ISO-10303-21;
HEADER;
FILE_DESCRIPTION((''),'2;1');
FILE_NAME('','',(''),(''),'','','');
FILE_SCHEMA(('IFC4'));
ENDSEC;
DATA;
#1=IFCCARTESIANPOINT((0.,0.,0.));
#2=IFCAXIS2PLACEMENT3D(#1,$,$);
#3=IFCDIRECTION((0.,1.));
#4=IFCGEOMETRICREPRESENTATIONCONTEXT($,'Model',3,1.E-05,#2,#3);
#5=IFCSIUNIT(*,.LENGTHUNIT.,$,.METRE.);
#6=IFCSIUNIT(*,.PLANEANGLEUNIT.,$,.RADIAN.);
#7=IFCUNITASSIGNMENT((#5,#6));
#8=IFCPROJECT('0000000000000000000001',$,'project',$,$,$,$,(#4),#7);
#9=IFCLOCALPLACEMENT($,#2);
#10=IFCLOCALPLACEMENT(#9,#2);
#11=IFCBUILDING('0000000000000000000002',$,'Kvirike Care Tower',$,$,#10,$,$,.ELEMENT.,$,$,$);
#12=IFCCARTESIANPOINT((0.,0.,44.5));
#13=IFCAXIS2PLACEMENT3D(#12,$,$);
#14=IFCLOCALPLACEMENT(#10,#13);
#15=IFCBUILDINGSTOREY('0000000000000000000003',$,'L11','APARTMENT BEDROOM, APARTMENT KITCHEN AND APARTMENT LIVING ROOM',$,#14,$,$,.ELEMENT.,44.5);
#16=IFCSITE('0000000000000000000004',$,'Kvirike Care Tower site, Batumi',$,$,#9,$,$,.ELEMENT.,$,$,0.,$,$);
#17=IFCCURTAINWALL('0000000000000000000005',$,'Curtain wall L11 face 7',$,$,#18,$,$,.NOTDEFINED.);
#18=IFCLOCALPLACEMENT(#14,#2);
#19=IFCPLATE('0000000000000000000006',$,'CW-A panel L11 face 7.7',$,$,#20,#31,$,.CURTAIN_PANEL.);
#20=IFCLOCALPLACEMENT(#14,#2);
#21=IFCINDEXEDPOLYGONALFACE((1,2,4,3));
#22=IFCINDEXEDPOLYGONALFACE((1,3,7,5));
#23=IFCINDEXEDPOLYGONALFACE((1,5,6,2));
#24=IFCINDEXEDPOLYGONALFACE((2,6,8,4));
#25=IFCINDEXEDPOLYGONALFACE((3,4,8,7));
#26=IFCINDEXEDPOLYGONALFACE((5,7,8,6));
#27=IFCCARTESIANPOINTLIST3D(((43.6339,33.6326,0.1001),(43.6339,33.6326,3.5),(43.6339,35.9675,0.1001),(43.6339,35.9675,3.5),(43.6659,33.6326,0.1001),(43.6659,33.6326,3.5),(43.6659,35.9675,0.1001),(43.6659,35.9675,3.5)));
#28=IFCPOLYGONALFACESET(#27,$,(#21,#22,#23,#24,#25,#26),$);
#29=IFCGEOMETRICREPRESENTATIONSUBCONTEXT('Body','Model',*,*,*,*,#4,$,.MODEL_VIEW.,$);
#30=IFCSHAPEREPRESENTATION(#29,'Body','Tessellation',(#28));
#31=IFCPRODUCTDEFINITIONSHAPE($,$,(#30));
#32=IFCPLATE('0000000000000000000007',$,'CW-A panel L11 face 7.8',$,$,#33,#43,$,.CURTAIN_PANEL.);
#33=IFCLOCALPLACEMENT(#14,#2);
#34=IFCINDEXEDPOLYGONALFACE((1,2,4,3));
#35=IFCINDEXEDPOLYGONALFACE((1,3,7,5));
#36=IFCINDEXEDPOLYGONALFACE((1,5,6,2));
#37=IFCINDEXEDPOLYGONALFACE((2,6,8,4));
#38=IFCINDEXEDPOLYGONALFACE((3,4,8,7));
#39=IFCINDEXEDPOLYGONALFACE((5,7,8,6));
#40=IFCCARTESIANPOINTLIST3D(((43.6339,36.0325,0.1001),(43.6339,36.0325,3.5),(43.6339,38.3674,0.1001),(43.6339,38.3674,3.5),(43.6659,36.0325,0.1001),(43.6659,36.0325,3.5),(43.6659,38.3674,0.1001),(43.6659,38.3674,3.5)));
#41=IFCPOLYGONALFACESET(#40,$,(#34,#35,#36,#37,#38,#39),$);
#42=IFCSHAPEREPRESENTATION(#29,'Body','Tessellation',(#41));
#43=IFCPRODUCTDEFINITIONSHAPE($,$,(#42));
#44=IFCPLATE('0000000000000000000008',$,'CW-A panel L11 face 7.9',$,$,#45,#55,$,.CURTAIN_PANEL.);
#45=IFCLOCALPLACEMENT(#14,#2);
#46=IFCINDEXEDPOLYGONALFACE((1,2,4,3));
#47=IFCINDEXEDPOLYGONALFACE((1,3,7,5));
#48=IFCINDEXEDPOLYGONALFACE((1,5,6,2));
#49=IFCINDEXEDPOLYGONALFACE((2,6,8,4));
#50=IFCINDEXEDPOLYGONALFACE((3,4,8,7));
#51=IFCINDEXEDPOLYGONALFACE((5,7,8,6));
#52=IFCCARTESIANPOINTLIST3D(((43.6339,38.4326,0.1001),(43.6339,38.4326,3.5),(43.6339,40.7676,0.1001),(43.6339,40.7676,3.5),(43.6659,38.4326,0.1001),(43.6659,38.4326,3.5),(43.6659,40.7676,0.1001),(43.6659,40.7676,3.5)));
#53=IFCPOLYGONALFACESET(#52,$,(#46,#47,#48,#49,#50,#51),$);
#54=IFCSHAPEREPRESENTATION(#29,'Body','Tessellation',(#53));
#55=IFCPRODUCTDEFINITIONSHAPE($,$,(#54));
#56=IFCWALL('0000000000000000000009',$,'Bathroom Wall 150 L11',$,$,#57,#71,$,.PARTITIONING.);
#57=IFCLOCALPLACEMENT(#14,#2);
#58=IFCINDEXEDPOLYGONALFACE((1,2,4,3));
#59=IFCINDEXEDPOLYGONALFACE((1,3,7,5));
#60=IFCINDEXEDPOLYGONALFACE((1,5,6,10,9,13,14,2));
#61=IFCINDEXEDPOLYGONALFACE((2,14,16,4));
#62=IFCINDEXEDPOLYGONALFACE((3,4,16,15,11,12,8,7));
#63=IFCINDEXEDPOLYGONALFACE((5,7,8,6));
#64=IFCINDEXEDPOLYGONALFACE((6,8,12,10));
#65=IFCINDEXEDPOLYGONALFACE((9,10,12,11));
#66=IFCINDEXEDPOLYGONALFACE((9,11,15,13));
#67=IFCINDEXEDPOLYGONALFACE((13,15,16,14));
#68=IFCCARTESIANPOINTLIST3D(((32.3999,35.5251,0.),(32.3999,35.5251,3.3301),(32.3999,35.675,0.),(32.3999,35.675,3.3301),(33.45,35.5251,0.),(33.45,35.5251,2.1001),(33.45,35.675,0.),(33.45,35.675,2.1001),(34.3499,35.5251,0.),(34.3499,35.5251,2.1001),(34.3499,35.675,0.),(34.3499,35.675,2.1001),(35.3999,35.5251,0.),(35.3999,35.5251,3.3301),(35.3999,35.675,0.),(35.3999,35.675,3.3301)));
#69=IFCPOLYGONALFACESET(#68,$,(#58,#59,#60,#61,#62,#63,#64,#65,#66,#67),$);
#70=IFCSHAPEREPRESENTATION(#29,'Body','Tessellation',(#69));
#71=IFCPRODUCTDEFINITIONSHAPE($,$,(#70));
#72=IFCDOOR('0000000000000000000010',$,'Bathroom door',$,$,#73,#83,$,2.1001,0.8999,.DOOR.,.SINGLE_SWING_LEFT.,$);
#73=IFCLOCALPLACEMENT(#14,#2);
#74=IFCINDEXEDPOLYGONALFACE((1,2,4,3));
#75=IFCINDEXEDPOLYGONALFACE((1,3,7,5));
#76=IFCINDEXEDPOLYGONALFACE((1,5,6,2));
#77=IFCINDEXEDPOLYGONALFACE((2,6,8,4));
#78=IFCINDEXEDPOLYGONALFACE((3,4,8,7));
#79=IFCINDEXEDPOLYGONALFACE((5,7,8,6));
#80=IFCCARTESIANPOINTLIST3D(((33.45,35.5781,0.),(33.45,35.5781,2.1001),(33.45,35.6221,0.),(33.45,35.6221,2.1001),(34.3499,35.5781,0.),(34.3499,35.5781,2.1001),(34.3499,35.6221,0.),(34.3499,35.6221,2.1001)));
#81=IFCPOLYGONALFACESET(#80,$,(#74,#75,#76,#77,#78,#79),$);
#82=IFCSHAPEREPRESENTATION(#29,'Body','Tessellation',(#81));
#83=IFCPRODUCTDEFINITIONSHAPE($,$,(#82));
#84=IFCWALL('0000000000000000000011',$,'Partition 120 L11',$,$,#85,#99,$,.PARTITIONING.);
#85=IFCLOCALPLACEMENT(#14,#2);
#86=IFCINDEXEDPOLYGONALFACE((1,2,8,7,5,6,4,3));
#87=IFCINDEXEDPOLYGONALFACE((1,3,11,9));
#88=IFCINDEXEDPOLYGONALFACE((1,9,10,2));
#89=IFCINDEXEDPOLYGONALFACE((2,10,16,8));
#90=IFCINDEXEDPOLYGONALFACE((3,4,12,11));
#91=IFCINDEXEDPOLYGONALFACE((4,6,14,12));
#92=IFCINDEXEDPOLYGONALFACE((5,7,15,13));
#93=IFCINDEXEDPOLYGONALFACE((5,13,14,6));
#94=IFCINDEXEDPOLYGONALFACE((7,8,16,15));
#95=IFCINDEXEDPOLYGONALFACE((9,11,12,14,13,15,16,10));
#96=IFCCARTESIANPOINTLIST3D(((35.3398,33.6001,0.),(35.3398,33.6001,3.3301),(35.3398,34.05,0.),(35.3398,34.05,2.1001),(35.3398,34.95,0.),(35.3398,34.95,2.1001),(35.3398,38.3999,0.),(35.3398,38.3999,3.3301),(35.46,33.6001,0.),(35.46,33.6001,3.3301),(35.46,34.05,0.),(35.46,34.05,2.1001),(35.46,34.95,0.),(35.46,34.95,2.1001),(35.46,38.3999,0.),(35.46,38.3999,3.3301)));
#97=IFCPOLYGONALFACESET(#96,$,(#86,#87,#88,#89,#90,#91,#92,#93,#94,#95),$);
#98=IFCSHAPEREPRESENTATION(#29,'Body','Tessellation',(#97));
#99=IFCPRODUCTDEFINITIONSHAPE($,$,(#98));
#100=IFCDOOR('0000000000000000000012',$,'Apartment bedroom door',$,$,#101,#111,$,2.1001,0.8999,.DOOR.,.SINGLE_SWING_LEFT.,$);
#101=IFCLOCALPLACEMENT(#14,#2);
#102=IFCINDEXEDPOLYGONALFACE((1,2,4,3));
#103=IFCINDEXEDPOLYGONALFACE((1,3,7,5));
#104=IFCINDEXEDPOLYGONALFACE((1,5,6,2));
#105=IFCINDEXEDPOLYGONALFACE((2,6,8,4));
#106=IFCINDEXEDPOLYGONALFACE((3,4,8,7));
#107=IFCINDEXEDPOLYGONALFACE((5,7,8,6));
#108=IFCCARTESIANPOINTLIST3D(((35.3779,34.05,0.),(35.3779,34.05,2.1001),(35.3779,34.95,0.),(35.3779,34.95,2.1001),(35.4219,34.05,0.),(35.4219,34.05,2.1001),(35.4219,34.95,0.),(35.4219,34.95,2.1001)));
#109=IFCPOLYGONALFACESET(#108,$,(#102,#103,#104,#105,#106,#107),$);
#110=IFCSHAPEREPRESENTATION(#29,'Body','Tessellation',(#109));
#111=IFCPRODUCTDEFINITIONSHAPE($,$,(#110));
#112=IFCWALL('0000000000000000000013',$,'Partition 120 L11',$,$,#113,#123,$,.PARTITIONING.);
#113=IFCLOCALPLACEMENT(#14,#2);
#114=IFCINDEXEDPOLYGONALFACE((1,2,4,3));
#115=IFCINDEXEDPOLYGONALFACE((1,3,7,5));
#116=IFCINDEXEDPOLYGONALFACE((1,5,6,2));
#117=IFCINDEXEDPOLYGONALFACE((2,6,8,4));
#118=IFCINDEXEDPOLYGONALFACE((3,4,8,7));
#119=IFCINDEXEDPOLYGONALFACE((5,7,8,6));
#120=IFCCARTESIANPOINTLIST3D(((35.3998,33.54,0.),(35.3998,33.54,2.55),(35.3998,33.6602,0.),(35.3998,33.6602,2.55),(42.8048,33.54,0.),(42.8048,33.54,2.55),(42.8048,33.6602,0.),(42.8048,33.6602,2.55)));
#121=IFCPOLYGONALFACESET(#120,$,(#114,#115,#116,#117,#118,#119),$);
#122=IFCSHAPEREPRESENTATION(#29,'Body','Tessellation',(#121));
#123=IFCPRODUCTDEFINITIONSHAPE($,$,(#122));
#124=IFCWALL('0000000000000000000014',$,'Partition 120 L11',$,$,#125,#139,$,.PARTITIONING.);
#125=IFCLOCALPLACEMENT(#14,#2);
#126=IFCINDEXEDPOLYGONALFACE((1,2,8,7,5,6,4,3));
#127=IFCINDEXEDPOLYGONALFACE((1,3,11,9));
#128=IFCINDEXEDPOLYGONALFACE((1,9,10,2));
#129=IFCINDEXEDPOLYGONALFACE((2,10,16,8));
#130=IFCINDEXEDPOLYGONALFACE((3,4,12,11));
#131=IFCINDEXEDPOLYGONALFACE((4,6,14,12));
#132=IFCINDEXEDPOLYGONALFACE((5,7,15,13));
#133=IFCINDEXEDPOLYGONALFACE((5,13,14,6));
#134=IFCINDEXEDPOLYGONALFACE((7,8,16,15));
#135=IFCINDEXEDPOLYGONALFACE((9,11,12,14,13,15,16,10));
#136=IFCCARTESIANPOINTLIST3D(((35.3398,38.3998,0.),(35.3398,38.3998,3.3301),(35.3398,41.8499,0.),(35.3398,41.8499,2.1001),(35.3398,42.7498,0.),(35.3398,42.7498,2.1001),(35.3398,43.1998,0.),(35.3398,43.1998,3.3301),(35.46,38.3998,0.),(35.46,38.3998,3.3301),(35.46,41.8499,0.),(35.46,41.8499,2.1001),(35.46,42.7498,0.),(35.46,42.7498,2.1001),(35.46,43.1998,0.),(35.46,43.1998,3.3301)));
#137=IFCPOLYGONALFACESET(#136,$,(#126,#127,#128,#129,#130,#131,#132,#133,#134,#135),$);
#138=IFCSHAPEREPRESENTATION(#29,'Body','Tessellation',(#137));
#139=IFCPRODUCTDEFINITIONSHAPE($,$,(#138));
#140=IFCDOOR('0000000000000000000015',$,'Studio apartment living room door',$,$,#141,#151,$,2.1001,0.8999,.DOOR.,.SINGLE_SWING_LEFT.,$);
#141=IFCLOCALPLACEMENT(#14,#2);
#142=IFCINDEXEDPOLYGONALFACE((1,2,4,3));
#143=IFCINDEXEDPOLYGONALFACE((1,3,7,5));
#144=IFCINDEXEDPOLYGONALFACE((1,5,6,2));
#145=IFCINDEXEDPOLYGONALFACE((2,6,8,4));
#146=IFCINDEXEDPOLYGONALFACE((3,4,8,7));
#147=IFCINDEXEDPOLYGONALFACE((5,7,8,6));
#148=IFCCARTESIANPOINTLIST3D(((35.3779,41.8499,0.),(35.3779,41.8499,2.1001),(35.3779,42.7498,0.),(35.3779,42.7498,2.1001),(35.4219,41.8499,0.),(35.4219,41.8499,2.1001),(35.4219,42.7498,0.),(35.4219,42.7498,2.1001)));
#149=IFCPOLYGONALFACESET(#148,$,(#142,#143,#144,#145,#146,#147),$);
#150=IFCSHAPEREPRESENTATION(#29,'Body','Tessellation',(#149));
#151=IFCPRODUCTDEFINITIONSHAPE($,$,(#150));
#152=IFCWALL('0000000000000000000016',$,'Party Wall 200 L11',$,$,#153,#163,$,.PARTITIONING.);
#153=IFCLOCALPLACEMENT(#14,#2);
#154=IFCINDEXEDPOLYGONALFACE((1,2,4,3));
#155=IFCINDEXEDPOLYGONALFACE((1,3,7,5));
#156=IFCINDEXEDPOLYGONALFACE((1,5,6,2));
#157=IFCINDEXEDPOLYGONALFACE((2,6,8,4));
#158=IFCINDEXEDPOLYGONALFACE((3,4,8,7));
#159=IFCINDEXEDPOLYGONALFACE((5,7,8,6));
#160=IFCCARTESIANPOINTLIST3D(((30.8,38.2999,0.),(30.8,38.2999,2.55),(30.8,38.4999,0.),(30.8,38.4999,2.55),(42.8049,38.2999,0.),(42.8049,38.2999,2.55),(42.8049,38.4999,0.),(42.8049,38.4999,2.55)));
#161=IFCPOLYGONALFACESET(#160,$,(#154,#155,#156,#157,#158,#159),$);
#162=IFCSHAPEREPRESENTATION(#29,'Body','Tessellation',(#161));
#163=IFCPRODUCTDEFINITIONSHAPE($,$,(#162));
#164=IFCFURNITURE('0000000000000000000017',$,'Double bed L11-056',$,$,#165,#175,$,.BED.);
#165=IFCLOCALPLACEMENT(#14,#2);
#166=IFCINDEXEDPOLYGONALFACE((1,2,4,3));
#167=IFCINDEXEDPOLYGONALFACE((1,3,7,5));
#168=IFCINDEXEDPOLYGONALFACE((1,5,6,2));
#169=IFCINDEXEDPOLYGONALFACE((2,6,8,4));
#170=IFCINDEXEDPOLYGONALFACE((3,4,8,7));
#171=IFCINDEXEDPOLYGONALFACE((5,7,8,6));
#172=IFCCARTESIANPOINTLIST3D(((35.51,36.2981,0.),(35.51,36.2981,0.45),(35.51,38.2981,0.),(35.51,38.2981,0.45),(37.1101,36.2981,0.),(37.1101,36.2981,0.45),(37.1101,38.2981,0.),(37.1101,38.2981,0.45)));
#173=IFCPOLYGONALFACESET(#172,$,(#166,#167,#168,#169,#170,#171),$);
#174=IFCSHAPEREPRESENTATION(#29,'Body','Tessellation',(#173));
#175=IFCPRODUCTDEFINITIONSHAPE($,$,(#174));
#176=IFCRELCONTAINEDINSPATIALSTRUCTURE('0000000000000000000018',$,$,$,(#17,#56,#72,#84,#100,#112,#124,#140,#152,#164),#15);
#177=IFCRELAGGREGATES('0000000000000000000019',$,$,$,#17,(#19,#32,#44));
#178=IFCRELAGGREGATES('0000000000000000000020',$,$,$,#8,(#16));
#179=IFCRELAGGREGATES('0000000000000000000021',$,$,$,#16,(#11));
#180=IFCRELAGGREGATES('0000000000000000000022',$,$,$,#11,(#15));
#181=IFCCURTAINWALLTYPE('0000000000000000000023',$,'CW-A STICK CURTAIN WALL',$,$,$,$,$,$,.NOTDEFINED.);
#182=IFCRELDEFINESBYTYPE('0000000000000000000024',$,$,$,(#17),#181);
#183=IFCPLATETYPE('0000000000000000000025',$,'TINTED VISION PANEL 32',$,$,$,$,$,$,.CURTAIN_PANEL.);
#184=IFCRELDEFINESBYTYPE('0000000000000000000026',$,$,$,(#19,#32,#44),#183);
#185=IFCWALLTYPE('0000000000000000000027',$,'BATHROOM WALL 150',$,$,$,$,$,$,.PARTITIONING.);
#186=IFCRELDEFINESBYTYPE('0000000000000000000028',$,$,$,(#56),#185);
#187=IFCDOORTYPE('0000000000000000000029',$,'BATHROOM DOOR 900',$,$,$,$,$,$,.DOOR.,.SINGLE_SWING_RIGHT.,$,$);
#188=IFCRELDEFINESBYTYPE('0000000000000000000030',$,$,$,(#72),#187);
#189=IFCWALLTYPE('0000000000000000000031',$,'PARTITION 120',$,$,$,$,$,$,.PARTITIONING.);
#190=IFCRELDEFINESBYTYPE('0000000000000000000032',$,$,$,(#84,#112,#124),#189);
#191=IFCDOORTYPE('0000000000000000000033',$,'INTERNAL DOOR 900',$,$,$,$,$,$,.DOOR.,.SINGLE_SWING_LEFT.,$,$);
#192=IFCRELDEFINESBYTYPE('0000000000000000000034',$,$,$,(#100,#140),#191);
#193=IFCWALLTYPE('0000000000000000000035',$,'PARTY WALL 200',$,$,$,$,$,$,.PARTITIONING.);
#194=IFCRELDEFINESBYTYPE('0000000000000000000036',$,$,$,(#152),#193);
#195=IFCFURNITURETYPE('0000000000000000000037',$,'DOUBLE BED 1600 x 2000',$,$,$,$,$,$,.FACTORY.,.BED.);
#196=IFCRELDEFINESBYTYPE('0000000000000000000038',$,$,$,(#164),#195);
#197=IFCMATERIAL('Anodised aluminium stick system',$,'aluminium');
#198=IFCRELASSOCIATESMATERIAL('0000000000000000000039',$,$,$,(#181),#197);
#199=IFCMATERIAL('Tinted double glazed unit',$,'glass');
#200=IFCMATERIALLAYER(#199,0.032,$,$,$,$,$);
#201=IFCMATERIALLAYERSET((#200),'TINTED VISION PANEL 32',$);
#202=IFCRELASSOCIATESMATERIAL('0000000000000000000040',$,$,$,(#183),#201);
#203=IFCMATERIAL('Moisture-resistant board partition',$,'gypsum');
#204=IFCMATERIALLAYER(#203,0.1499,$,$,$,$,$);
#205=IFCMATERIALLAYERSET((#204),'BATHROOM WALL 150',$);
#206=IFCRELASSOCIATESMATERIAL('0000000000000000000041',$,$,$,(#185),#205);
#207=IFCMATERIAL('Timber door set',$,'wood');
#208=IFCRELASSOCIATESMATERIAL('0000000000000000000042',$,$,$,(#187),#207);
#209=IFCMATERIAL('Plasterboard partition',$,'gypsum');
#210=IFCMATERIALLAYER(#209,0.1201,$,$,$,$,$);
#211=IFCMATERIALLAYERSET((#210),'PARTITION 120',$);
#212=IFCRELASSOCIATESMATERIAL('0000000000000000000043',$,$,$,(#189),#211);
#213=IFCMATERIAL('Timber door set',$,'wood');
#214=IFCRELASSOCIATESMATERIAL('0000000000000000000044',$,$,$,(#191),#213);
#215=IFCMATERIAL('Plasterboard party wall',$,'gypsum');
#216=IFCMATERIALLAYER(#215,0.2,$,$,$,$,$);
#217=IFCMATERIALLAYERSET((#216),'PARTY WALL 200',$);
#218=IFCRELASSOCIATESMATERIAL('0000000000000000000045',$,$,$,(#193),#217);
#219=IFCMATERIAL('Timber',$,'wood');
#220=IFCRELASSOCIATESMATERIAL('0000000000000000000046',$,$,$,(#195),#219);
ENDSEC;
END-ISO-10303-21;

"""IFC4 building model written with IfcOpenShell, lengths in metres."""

from ifc_helpers import new_model, si_unit, direction, frame, frame_2d, origin, origin_2d, place, context, subcontext, project, spatial, rectangle, extrude, material, layer, layer_set, type_object, element, fill, aggregate, save


model = new_model("IFC4")

# Units and contexts
model_context = context("Model", 3, precision=1e-05, world=origin(), true_north=direction((0.0, 1.0)))
body_context = subcontext(model_context, "Body", "Model", "MODEL_VIEW")
ifc_project = project(units=[si_unit("LENGTHUNIT", "METRE"), si_unit("PLANEANGLEUNIT", "RADIAN")], contexts=[model_context])

# Site, building, storey
site_placement = place(None, origin())
site = spatial("IfcSite", under=ifc_project, at=site_placement, Name="Kvirike Care Tower site, Batumi", CompositionType="ELEMENT", RefElevation=0.0)
building_placement = place(site_placement, origin())
building = spatial("IfcBuilding", under=site, at=building_placement, Name="Kvirike Care Tower", CompositionType="ELEMENT")
storey_placement = place(building_placement, frame((0.0, 0.0, 44.5)))
storey = spatial("IfcBuildingStorey", under=building, at=storey_placement, Name="L11", Description="APARTMENT BEDROOM, APARTMENT KITCHEN AND APARTMENT LIVING ROOM", CompositionType="ELEMENT", Elevation=44.5)

# Curtain wall
ifc_material_1 = material(Name="Anodised aluminium stick system", Category="aluminium")
curtain_wall_type = type_object("IfcCurtainWallType", Name="CW-A STICK CURTAIN WALL", PredefinedType="NOTDEFINED", material=ifc_material_1)
curtain_wall_placement = place(storey_placement, origin())
curtain_wall = element("IfcCurtainWall", 1, at=curtain_wall_placement, inside=storey, type_object=curtain_wall_type, Name="Curtain wall L11 face 7", PredefinedType="NOTDEFINED")

# Plates
ifc_material_2 = material(Name="Tinted double glazed unit", Category="glass")
ifc_layer_1 = layer(ifc_material_2, 0.032)
ifc_layer_set_1 = layer_set([ifc_layer_1], Name="TINTED VISION PANEL 32")
plate_type = type_object("IfcPlateType", Name="TINTED VISION PANEL 32", PredefinedType="CURTAIN_PANEL", material=ifc_layer_set_1)
plate_1_placement = place(storey_placement, frame((43.6499, 34.8, 0.1001), z_axis=(0.0, 0.0, 1.0), x_axis=(0.0, 1.0, 0.0)))
plate_1 = element("IfcPlate", 2, at=plate_1_placement, type_object=plate_type, Name="CW-A panel L11 face 7.7", PredefinedType="CURTAIN_PANEL", context=body_context, shape_type="SweptSolid", body=[
    extrude(rectangle(XDim=2.335, YDim=0.032, at=origin_2d()), origin(), (0.0, 0.0, 1.0), 3.3999),
])
plate_2_placement = place(storey_placement, frame((43.6499, 37.2, 0.1001), z_axis=(0.0, 0.0, 1.0), x_axis=(0.0, 1.0, 0.0)))
plate_2 = element("IfcPlate", 3, at=plate_2_placement, type_object=plate_type, Name="CW-A panel L11 face 7.8", PredefinedType="CURTAIN_PANEL", context=body_context, shape_type="SweptSolid", body=[
    extrude(rectangle(XDim=2.335, YDim=0.032, at=origin_2d()), origin(), (0.0, 0.0, 1.0), 3.3999),
])
plate_3_placement = place(storey_placement, frame((43.6499, 39.6001, 0.1001), z_axis=(0.0, 0.0, 1.0), x_axis=(0.0, 1.0, 0.0)))
plate_3 = element("IfcPlate", 4, at=plate_3_placement, type_object=plate_type, Name="CW-A panel L11 face 7.9", PredefinedType="CURTAIN_PANEL", context=body_context, shape_type="SweptSolid", body=[
    extrude(rectangle(XDim=2.335, YDim=0.032, at=origin_2d()), origin(), (0.0, 0.0, 1.0), 3.3999),
])
aggregate(curtain_wall, [plate_1, plate_2, plate_3])

# Walls, openings, doors
ifc_material_3 = material(Name="Moisture-resistant board partition", Category="gypsum")
ifc_layer_2 = layer(ifc_material_3, 0.1499)
ifc_layer_set_2 = layer_set([ifc_layer_2], Name="BATHROOM WALL 150")
wall_type_1 = type_object("IfcWallType", Name="BATHROOM WALL 150", PredefinedType="PARTITIONING", material=ifc_layer_set_2)
wall_1_placement = place(storey_placement, frame((35.3999, 35.6001, 0.0), z_axis=(0.0, 0.0, 1.0), x_axis=(-1.0, 0.0, 0.0)))
wall_1 = element("IfcWall", 5, at=wall_1_placement, inside=storey, type_object=wall_type_1, Name="Bathroom Wall 150 L11", PredefinedType="PARTITIONING", context=body_context, shape_type="SweptSolid", body=[
    extrude(rectangle(XDim=3.0, YDim=0.1499, at=frame_2d((1.5, 0.0))), origin(), (0.0, 0.0, 1.0), 3.3301),
])
opening_1_placement = place(wall_1_placement, frame((1.05, 0.0, 0.0)))
opening_1 = element("IfcOpeningElement", 6, at=opening_1_placement, cuts=wall_1, PredefinedType="OPENING", context=body_context, shape_type="SweptSolid", body=[
    extrude(rectangle(XDim=0.8999, YDim=2.1001, at=frame_2d((0.45, 1.05))), frame((0.0, 0.0854, 0.0), z_axis=(0.0, -1.0, 0.0), x_axis=(1.0, 0.0, 0.0)), (0.0, 0.0, 1.0), 0.1709),
])
ifc_material_4 = material(Name="Timber door set", Category="wood")
door_type_1 = type_object("IfcDoorType", Name="BATHROOM DOOR 900", OperationType="SINGLE_SWING_RIGHT", PredefinedType="DOOR", material=ifc_material_4)
door_1_placement = place(opening_1_placement, frame((0.8999, 0.0, 0.0), z_axis=(0.0, 0.0, 1.0), x_axis=(-1.0, 0.0, 0.0)))
door_1 = element("IfcDoor", 7, at=door_1_placement, inside=storey, type_object=door_type_1, Name="Bathroom door", OperationType="SINGLE_SWING_LEFT", OverallHeight=2.1001, OverallWidth=0.8999, PredefinedType="DOOR", context=body_context, shape_type="SweptSolid", body=[
    extrude(rectangle(XDim=0.8999, YDim=2.1001, at=frame_2d((0.45, 1.05))), frame((0.0, 0.022, 0.0), z_axis=(0.0, -1.0, 0.0), x_axis=(1.0, 0.0, 0.0)), (0.0, 0.0, 1.0), 0.0439),
])
fill(opening_1, door_1)
ifc_material_5 = material(Name="Plasterboard partition", Category="gypsum")
ifc_layer_3 = layer(ifc_material_5, 0.1201)
ifc_layer_set_3 = layer_set([ifc_layer_3], Name="PARTITION 120")
wall_type_2 = type_object("IfcWallType", Name="PARTITION 120", PredefinedType="PARTITIONING", material=ifc_layer_set_3)
wall_2_placement = place(storey_placement, frame((35.3999, 33.6001, 0.0), z_axis=(0.0, 0.0, 1.0), x_axis=(0.0, 1.0, 0.0)))
wall_2 = element("IfcWall", 8, at=wall_2_placement, inside=storey, type_object=wall_type_2, Name="Partition 120 L11", PredefinedType="PARTITIONING", context=body_context, shape_type="SweptSolid", body=[
    extrude(rectangle(XDim=4.7998, YDim=0.1201, at=frame_2d((2.3999, 0.0))), origin(), (0.0, 0.0, 1.0), 3.3301),
])
opening_2_placement = place(wall_2_placement, frame((0.45, 0.0, 0.0)))
opening_2 = element("IfcOpeningElement", 9, at=opening_2_placement, cuts=wall_2, PredefinedType="OPENING", context=body_context, shape_type="SweptSolid", body=[
    extrude(rectangle(XDim=0.8999, YDim=2.1001, at=frame_2d((0.45, 1.05))), frame((0.0, 0.0706, 0.0), z_axis=(0.0, -1.0, 0.0), x_axis=(1.0, 0.0, 0.0)), (0.0, 0.0, 1.0), 0.1411),
])
ifc_material_6 = material(Name="Timber door set", Category="wood")
door_type_2 = type_object("IfcDoorType", Name="INTERNAL DOOR 900", OperationType="SINGLE_SWING_LEFT", PredefinedType="DOOR", material=ifc_material_6)
door_2_placement = place(opening_2_placement, origin())
door_2 = element("IfcDoor", 10, at=door_2_placement, inside=storey, type_object=door_type_2, Name="Apartment bedroom door", OperationType="SINGLE_SWING_LEFT", OverallHeight=2.1001, OverallWidth=0.8999, PredefinedType="DOOR", context=body_context, shape_type="SweptSolid", body=[
    extrude(rectangle(XDim=0.8999, YDim=2.1001, at=frame_2d((0.45, 1.05))), frame((0.0, 0.022, 0.0), z_axis=(0.0, -1.0, 0.0), x_axis=(1.0, 0.0, 0.0)), (0.0, 0.0, 1.0), 0.0439),
])
fill(opening_2, door_2)

# Wall
wall_3_placement = place(storey_placement, frame((42.8049, 33.6001, 0.0), z_axis=(0.0, 0.0, 1.0), x_axis=(-1.0, 0.0, 0.0)))
element("IfcWall", 11, at=wall_3_placement, inside=storey, type_object=wall_type_2, Name="Partition 120 L11", PredefinedType="PARTITIONING", context=body_context, shape_type="SweptSolid", body=[
    extrude(rectangle(XDim=7.405, YDim=0.1201, at=frame_2d((3.7026, 0.0))), origin(), (0.0, 0.0, 1.0), 2.55),
])

# Wall, opening, door
wall_4_placement = place(storey_placement, frame((35.3999, 38.3999, 0.0), z_axis=(0.0, 0.0, 1.0), x_axis=(0.0, 1.0, 0.0)))
wall_4 = element("IfcWall", 12, at=wall_4_placement, inside=storey, type_object=wall_type_2, Name="Partition 120 L11", PredefinedType="PARTITIONING", context=body_context, shape_type="SweptSolid", body=[
    extrude(rectangle(XDim=4.8, YDim=0.1201, at=frame_2d((2.3999, 0.0))), origin(), (0.0, 0.0, 1.0), 3.3301),
])
opening_3_placement = place(wall_4_placement, frame((3.45, 0.0, 0.0)))
opening_3 = element("IfcOpeningElement", 13, at=opening_3_placement, cuts=wall_4, PredefinedType="OPENING", context=body_context, shape_type="SweptSolid", body=[
    extrude(rectangle(XDim=0.8999, YDim=2.1001, at=frame_2d((0.45, 1.05))), frame((0.0, 0.0706, 0.0), z_axis=(0.0, -1.0, 0.0), x_axis=(1.0, 0.0, 0.0)), (0.0, 0.0, 1.0), 0.1411),
])
door_3_placement = place(opening_3_placement, origin())
door_3 = element("IfcDoor", 14, at=door_3_placement, inside=storey, type_object=door_type_2, Name="Studio apartment living room door", OperationType="SINGLE_SWING_LEFT", OverallHeight=2.1001, OverallWidth=0.8999, PredefinedType="DOOR", context=body_context, shape_type="SweptSolid", body=[
    extrude(rectangle(XDim=0.8999, YDim=2.1001, at=frame_2d((0.45, 1.05))), frame((0.0, 0.022, 0.0), z_axis=(0.0, -1.0, 0.0), x_axis=(1.0, 0.0, 0.0)), (0.0, 0.0, 1.0), 0.0439),
])
fill(opening_3, door_3)

# Wall
ifc_material_7 = material(Name="Plasterboard party wall", Category="gypsum")
ifc_layer_4 = layer(ifc_material_7, 0.2)
ifc_layer_set_4 = layer_set([ifc_layer_4], Name="PARTY WALL 200")
wall_type_3 = type_object("IfcWallType", Name="PARTY WALL 200", PredefinedType="PARTITIONING", material=ifc_layer_set_4)
wall_5_placement = place(storey_placement, frame((42.8049, 38.3999, 0.0), z_axis=(0.0, 0.0, 1.0), x_axis=(-1.0, 0.0, 0.0)))
element("IfcWall", 15, at=wall_5_placement, inside=storey, type_object=wall_type_3, Name="Party Wall 200 L11", PredefinedType="PARTITIONING", context=body_context, shape_type="SweptSolid", body=[
    extrude(rectangle(XDim=12.0049, YDim=0.2, at=frame_2d((6.0024, 0.0))), origin(), (0.0, 0.0, 1.0), 2.55),
])

# Furniture
ifc_material_8 = material(Name="Timber", Category="wood")
furniture_type = type_object("IfcFurnitureType", Name="DOUBLE BED 1600 x 2000", AssemblyPlace="FACTORY", PredefinedType="BED", material=ifc_material_8)
for number, where, z_axis, x_axis, name in (
    (16, (36.3101, 37.2981, 0.0), (0.0, 0.0, 1.0), (1.0, 0.0, 0.0), "Double bed L11-056"),
):
    element("IfcFurniture", number, at=place(storey_placement, frame(where, z_axis=z_axis, x_axis=x_axis)), inside=storey, type_object=furniture_type, Name=name, PredefinedType="BED", context=body_context, shape_type="SweptSolid", body=[
        extrude(rectangle(XDim=1.6001, YDim=2.0, at=origin_2d()), origin(), (0.0, 0.0, 1.0), 0.45),
    ])

save(model, "model.ifc")
